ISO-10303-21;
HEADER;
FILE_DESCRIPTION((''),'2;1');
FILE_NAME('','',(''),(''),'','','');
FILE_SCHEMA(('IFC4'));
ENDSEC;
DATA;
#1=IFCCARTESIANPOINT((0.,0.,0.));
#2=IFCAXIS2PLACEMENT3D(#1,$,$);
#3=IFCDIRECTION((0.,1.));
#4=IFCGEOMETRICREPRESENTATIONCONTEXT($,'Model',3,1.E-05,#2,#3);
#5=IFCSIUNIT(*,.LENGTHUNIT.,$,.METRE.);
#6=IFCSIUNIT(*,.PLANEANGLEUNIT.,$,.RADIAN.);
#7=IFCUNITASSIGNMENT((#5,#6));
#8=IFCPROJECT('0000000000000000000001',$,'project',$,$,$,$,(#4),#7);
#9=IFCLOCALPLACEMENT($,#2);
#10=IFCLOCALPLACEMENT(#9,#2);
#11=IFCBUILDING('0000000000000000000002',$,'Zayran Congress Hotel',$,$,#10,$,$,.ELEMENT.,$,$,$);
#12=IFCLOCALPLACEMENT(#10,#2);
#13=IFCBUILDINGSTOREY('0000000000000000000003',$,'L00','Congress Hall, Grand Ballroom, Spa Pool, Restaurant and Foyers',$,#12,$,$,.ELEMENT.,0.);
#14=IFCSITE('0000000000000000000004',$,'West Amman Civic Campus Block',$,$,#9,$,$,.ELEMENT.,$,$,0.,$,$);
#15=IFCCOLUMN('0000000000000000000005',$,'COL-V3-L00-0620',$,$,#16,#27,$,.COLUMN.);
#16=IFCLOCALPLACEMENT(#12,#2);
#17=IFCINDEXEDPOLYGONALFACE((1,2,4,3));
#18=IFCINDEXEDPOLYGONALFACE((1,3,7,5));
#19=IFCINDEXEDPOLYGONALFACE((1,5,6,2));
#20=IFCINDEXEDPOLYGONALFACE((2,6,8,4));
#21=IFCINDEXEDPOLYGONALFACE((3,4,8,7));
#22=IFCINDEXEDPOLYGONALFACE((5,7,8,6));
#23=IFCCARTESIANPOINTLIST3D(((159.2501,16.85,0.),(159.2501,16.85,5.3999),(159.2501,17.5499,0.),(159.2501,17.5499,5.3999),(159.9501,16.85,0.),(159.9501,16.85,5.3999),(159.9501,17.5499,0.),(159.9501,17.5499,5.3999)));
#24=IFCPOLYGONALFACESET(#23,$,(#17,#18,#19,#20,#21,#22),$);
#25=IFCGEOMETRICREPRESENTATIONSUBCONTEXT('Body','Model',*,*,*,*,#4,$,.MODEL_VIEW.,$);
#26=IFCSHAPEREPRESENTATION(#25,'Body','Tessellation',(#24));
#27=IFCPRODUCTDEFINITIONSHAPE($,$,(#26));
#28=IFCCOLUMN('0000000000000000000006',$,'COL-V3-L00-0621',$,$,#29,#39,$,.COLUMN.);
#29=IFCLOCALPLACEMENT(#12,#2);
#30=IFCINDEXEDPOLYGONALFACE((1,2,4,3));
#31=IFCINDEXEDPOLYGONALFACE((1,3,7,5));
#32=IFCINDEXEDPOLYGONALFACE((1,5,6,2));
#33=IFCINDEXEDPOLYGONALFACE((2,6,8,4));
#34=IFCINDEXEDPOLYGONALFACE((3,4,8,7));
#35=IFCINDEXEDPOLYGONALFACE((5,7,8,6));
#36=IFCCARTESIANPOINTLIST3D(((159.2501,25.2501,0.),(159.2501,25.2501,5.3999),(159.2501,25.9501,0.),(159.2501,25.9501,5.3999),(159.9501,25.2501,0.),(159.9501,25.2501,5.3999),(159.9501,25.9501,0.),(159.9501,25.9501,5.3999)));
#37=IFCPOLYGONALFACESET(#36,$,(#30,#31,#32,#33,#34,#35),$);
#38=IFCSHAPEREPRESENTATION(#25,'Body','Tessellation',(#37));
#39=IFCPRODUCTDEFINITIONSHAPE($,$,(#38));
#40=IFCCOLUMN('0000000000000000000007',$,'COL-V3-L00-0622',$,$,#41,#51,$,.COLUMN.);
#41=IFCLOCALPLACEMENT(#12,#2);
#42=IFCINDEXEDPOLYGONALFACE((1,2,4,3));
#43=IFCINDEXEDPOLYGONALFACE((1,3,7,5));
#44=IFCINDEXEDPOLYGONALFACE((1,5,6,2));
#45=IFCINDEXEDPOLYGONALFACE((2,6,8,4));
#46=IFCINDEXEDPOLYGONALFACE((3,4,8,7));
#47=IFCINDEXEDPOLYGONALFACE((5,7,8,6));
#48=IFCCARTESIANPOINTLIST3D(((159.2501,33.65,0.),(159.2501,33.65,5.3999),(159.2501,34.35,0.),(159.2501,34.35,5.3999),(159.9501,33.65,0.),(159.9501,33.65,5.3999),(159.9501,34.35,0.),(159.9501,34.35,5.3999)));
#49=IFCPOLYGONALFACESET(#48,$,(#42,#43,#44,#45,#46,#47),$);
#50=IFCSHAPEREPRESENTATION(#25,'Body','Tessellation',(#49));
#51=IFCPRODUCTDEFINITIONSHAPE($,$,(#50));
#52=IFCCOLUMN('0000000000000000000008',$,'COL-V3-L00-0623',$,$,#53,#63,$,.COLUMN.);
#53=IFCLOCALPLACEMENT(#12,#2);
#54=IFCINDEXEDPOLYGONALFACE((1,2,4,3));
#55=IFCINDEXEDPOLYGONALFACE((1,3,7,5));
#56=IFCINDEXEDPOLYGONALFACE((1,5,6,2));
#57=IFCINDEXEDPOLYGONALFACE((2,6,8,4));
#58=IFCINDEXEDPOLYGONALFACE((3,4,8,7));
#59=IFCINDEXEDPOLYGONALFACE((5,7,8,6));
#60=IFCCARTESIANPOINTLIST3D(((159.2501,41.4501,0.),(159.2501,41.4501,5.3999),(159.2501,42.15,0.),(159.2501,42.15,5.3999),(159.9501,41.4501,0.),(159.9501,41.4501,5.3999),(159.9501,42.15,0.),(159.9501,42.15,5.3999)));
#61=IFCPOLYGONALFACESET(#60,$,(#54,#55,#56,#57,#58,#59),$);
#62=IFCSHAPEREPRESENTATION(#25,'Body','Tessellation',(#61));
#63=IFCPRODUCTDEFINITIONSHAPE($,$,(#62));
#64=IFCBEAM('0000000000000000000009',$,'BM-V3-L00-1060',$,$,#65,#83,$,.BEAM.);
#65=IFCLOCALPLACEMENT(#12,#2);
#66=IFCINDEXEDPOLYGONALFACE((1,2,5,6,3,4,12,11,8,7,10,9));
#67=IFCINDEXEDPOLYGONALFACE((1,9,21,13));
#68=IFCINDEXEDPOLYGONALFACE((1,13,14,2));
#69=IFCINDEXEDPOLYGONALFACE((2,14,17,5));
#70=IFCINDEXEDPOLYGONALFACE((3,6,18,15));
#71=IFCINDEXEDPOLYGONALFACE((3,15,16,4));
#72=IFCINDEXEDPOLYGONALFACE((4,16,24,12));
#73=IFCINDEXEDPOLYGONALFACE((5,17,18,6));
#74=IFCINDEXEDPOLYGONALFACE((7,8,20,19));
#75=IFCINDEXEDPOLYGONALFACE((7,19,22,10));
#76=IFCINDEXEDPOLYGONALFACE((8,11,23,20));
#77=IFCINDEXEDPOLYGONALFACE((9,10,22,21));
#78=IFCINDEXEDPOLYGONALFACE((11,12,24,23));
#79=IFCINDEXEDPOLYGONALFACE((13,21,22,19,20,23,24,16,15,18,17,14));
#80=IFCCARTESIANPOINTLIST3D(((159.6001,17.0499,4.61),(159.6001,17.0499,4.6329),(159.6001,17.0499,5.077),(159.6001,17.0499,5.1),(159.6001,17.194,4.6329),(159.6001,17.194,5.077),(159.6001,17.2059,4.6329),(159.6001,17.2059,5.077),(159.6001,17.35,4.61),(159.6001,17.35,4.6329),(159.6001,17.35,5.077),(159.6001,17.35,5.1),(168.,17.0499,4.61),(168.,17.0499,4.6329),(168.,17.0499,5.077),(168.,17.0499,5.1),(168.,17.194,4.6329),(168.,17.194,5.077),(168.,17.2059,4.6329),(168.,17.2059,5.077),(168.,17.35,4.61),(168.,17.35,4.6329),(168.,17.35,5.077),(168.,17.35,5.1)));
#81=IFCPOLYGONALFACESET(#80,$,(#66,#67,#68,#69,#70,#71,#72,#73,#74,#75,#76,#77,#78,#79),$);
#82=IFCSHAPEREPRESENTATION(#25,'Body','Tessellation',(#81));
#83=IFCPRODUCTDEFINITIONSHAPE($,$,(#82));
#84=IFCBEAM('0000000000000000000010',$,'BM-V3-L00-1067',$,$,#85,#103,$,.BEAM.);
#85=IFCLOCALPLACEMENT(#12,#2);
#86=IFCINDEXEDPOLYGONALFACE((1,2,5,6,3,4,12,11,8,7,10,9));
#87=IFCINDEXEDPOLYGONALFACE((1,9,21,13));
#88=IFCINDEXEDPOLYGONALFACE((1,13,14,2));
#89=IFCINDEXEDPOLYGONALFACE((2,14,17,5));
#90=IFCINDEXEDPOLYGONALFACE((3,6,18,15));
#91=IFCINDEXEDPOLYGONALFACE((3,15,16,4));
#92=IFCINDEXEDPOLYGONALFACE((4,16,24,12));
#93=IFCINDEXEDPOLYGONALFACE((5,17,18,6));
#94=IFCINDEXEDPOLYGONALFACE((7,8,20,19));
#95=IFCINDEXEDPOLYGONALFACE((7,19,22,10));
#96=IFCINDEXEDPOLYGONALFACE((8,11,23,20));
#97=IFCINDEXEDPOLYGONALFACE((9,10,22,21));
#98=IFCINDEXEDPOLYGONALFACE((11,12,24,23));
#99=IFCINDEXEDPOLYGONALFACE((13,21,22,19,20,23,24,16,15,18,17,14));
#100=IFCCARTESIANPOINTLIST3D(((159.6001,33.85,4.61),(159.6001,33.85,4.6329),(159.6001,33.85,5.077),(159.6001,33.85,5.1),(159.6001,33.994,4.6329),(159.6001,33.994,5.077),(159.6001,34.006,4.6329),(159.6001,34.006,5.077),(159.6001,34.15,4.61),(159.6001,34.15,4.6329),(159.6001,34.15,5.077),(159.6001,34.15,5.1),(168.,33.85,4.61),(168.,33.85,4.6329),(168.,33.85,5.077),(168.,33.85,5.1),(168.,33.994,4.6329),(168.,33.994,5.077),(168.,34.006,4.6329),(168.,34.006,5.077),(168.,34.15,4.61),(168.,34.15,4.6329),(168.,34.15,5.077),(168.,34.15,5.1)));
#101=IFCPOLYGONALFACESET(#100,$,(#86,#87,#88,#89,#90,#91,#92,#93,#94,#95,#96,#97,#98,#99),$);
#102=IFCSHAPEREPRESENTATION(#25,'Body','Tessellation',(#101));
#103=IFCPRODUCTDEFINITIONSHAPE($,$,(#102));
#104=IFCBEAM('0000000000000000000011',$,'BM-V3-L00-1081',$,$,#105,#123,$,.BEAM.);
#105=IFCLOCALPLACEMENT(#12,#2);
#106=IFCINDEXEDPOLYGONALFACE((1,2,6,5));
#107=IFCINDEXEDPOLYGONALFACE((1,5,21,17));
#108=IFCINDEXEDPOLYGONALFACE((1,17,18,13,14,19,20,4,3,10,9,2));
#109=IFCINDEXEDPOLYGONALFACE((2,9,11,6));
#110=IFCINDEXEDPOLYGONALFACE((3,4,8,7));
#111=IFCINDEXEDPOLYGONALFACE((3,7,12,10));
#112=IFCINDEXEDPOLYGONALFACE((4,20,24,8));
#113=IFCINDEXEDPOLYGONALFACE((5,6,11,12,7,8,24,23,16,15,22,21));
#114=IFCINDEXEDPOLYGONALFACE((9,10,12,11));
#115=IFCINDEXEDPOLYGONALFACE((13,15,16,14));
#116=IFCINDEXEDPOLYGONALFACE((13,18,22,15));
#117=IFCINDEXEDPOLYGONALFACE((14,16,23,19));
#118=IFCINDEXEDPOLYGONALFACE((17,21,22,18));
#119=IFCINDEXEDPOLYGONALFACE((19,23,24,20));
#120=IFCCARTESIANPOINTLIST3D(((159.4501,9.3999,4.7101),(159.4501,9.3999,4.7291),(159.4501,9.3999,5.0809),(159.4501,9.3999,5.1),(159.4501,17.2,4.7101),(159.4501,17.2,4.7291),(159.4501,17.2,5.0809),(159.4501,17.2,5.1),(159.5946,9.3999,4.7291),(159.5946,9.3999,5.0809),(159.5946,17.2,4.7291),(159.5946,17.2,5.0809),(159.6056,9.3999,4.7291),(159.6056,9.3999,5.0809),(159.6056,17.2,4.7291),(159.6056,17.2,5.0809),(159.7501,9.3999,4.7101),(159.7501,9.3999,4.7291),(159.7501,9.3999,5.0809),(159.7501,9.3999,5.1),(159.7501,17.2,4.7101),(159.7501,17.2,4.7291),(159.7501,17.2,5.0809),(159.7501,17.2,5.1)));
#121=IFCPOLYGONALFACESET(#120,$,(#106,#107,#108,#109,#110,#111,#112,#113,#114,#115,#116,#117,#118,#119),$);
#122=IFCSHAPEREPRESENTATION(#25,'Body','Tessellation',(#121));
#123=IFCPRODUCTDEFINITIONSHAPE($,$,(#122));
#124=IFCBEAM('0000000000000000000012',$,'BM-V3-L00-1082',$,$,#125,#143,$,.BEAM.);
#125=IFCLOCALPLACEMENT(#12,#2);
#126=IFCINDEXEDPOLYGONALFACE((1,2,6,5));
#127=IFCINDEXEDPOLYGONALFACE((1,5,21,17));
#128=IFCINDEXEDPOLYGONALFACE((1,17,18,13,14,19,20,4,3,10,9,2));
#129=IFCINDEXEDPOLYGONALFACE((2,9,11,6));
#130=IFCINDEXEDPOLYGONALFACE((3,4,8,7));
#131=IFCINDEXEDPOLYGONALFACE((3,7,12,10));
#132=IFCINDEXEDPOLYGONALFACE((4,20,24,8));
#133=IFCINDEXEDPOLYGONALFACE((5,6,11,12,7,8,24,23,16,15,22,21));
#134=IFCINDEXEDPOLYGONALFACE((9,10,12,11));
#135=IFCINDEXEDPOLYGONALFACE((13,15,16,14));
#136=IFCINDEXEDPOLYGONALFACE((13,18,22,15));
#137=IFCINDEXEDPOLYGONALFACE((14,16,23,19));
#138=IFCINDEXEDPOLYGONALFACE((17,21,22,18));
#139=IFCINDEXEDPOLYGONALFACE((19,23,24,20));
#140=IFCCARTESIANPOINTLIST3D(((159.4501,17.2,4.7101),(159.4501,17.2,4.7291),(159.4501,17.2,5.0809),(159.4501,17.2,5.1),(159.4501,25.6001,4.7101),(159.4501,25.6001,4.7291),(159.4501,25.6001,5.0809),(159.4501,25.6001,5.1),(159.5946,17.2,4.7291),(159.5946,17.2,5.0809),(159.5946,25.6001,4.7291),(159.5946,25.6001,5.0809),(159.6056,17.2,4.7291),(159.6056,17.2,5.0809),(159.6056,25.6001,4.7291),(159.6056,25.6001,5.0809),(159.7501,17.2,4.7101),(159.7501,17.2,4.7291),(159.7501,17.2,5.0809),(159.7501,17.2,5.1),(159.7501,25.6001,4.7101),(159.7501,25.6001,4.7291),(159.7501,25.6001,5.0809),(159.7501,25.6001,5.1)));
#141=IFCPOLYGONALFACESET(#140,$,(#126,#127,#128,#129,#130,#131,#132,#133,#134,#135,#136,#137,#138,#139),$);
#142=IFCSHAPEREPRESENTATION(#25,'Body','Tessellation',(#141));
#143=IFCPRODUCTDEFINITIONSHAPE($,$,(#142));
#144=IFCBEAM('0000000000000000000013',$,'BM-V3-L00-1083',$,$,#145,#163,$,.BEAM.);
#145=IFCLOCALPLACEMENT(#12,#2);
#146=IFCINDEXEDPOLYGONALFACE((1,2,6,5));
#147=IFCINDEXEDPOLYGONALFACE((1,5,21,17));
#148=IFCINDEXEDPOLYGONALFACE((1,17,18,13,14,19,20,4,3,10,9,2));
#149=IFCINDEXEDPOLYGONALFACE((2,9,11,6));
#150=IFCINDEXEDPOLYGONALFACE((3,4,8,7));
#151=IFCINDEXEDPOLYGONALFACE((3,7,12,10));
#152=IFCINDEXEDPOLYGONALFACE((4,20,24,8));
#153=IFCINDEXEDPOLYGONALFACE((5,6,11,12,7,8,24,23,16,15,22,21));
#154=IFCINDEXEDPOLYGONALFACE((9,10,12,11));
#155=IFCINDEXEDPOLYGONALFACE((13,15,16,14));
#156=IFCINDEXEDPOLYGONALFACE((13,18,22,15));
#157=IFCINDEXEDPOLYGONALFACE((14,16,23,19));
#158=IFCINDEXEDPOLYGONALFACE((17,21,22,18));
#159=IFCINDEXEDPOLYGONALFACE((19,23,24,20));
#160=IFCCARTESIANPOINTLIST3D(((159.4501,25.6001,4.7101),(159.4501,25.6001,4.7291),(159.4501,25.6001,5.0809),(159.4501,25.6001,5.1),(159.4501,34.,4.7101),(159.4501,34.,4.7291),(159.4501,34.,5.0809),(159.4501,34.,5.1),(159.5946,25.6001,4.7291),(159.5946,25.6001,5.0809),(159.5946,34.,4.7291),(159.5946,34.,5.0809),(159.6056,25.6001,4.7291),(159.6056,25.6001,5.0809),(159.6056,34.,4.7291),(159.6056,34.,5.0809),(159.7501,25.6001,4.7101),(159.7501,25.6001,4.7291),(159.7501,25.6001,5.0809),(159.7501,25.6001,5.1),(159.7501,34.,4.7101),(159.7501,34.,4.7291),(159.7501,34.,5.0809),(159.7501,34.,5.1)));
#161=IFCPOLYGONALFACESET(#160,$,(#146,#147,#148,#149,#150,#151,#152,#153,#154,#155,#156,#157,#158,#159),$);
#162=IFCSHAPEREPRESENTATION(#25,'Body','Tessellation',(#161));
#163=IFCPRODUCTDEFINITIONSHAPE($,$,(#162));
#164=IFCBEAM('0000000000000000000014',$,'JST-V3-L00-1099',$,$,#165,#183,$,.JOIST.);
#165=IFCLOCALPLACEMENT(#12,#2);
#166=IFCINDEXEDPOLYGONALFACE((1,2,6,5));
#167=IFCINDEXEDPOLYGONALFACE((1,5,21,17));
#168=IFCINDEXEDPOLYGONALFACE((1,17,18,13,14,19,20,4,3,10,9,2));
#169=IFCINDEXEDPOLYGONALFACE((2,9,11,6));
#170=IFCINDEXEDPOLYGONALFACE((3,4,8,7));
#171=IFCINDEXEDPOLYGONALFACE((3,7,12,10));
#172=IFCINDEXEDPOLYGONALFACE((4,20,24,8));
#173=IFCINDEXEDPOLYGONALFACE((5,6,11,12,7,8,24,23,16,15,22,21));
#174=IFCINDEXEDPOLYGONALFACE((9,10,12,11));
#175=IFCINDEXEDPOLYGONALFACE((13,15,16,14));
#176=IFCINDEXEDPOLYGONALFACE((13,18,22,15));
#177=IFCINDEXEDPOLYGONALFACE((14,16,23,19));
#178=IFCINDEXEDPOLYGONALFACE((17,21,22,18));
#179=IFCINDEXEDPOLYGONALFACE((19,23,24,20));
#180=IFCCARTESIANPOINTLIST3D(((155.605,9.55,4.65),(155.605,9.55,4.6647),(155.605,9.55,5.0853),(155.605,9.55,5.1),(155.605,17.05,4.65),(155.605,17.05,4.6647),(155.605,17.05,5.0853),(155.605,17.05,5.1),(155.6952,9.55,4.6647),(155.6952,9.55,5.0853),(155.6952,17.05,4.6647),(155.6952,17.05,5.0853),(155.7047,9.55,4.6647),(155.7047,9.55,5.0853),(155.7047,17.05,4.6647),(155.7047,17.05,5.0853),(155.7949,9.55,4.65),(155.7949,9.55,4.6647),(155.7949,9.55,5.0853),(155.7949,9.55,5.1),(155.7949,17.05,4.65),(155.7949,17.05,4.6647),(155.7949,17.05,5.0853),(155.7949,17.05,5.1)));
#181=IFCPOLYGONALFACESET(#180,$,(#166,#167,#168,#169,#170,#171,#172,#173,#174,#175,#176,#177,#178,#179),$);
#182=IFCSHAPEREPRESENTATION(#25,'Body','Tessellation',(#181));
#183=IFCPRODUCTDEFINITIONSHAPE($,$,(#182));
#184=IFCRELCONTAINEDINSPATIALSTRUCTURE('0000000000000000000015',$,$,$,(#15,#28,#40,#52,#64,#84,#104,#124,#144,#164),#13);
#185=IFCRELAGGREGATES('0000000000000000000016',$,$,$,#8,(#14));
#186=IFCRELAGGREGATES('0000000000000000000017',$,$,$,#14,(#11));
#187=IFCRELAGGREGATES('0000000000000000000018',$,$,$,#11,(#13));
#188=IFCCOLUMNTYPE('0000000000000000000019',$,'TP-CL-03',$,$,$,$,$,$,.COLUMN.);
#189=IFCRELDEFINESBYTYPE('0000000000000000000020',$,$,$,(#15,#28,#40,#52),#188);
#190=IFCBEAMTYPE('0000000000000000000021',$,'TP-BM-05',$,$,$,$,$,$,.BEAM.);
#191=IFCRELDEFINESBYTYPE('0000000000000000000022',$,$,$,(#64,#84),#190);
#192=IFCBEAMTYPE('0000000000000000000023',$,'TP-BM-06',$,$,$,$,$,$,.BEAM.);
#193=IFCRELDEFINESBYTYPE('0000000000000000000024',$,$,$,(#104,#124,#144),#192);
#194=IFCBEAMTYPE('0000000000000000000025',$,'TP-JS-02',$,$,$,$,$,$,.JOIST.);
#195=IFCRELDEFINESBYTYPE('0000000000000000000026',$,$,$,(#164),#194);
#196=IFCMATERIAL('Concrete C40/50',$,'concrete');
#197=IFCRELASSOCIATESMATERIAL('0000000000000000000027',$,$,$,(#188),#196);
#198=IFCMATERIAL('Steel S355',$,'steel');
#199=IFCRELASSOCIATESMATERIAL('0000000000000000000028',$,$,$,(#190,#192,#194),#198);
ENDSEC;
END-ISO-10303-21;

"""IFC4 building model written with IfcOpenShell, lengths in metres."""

from ifc_helpers import new_model, si_unit, direction, frame, origin, origin_2d, place, context, subcontext, project, spatial, rectangle, i_section, extrude, material, material_profile, profile_set, type_object, element, save


model = new_model("IFC4")

# Units and contexts
model_context = context("Model", 3, precision=1e-05, world=origin(), true_north=direction((0.0, 1.0)))
body_context = subcontext(model_context, "Body", "Model", "MODEL_VIEW")
ifc_project = project(units=[si_unit("LENGTHUNIT", "METRE"), si_unit("PLANEANGLEUNIT", "RADIAN")], contexts=[model_context])

# Site, building, storey
site_placement = place(None, origin())
site = spatial("IfcSite", under=ifc_project, at=site_placement, Name="West Amman Civic Campus Block", CompositionType="ELEMENT", RefElevation=0.0)
building_placement = place(site_placement, origin())
building = spatial("IfcBuilding", under=site, at=building_placement, Name="Zayran Congress Hotel", CompositionType="ELEMENT")
storey_placement = place(building_placement, origin())
storey = spatial("IfcBuildingStorey", under=building, at=storey_placement, Name="L00", Description="Congress Hall, Grand Ballroom, Spa Pool, Restaurant and Foyers", CompositionType="ELEMENT", Elevation=0.0)

# Columns
ifc_material_1 = material(Name="Concrete C40/50", Category="concrete")
ifc_material_profile_1 = material_profile(ifc_material_1, rectangle(XDim=0.7, YDim=0.7, at=origin_2d()), Name="RC 700x700")
ifc_profile_set_1 = profile_set([ifc_material_profile_1], Name="Concrete C40/50")
column_type = type_object("IfcColumnType", Name="TP-CL-03", PredefinedType="COLUMN", material=ifc_profile_set_1)
for number, where, z_axis, x_axis, name in (
    (1, (159.6001, 17.2, 0.0), (0.0, 0.0, 1.0), (1.0, 0.0, 0.0), "COL-V3-L00-0620"),
    (2, (159.6001, 25.6001, 0.0), (0.0, 0.0, 1.0), (1.0, 0.0, 0.0), "COL-V3-L00-0621"),
    (3, (159.6001, 34.0, 0.0), (0.0, 0.0, 1.0), (1.0, 0.0, 0.0), "COL-V3-L00-0622"),
    (4, (159.6001, 41.8, 0.0), (0.0, 0.0, 1.0), (1.0, 0.0, 0.0), "COL-V3-L00-0623"),
):
    element("IfcColumn", number, at=place(storey_placement, frame(where, z_axis=z_axis, x_axis=x_axis)), inside=storey, type_object=column_type, Name=name, PredefinedType="COLUMN", context=body_context, shape_type="SweptSolid", body=[
        extrude(rectangle(XDim=0.7, YDim=0.7, at=origin_2d()), origin(), (0.0, 0.0, 1.0), 5.3999),
    ])

# Beams
ifc_material_2 = material(Name="Steel S355", Category="steel")
ifc_material_profile_2 = material_profile(ifc_material_2, i_section(OverallWidth=0.3, OverallDepth=0.49, WebThickness=0.012, FlangeThickness=0.0229, at=origin_2d()), Name="HEA 500")
ifc_profile_set_2 = profile_set([ifc_material_profile_2], Name="Steel S355")
beam_type_1 = type_object("IfcBeamType", Name="TP-BM-05", PredefinedType="BEAM", material=ifc_profile_set_2)
for number, where, z_axis, x_axis, name in (
    (5, (159.6001, 17.2, 4.855), (1.0, 0.0, 0.0), (0.0, 1.0, 0.0), "BM-V3-L00-1060"),
    (6, (159.6001, 34.0, 4.855), (1.0, 0.0, 0.0), (0.0, 1.0, 0.0), "BM-V3-L00-1067"),
):
    element("IfcBeam", number, at=place(storey_placement, frame(where, z_axis=z_axis, x_axis=x_axis)), inside=storey, type_object=beam_type_1, Name=name, PredefinedType="BEAM", context=body_context, shape_type="SweptSolid", body=[
        extrude(i_section(OverallWidth=0.3, OverallDepth=0.49, WebThickness=0.012, FlangeThickness=0.0229, at=origin_2d()), origin(), (0.0, 0.0, 1.0), 8.3999),
    ])
ifc_material_profile_3 = material_profile(ifc_material_2, i_section(OverallWidth=0.3, OverallDepth=0.3899, WebThickness=0.011, FlangeThickness=0.019, at=origin_2d()), Name="HEA 400")
ifc_profile_set_3 = profile_set([ifc_material_profile_3], Name="Steel S355")
beam_type_2 = type_object("IfcBeamType", Name="TP-BM-06", PredefinedType="BEAM", material=ifc_profile_set_3)
beam_1_placement = place(storey_placement, frame((159.6001, 9.3999, 4.905), z_axis=(0.0, 1.0, 0.0), x_axis=(-1.0, 0.0, 0.0)))
element("IfcBeam", 7, at=beam_1_placement, inside=storey, type_object=beam_type_2, Name="BM-V3-L00-1081", PredefinedType="BEAM", context=body_context, shape_type="SweptSolid", body=[
    extrude(i_section(OverallWidth=0.3, OverallDepth=0.3899, WebThickness=0.011, FlangeThickness=0.019, at=origin_2d()), origin(), (0.0, 0.0, 1.0), 7.8),
])
beam_2_placement = place(storey_placement, frame((159.6001, 17.2, 4.905), z_axis=(0.0, 1.0, 0.0), x_axis=(-1.0, 0.0, 0.0)))
element("IfcBeam", 8, at=beam_2_placement, inside=storey, type_object=beam_type_2, Name="BM-V3-L00-1082", PredefinedType="BEAM", context=body_context, shape_type="SweptSolid", body=[
    extrude(i_section(OverallWidth=0.3, OverallDepth=0.3899, WebThickness=0.011, FlangeThickness=0.019, at=origin_2d()), origin(), (0.0, 0.0, 1.0), 8.4001),
])
beam_3_placement = place(storey_placement, frame((159.6001, 25.6001, 4.905), z_axis=(0.0, 1.0, 0.0), x_axis=(-1.0, 0.0, 0.0)))
element("IfcBeam", 9, at=beam_3_placement, inside=storey, type_object=beam_type_2, Name="BM-V3-L00-1083", PredefinedType="BEAM", context=body_context, shape_type="SweptSolid", body=[
    extrude(i_section(OverallWidth=0.3, OverallDepth=0.3899, WebThickness=0.011, FlangeThickness=0.019, at=origin_2d()), origin(), (0.0, 0.0, 1.0), 8.3999),
])
ifc_material_profile_4 = material_profile(ifc_material_2, i_section(OverallWidth=0.1899, OverallDepth=0.45, WebThickness=0.0095, FlangeThickness=0.0146, at=origin_2d()), Name="IPE 450")
ifc_profile_set_4 = profile_set([ifc_material_profile_4], Name="Steel S355")
beam_type_3 = type_object("IfcBeamType", Name="TP-JS-02", PredefinedType="JOIST", material=ifc_profile_set_4)
beam_4_placement = place(storey_placement, frame((155.7, 9.55, 4.875), z_axis=(0.0, 1.0, 0.0), x_axis=(-1.0, 0.0, 0.0)))
element("IfcBeam", 10, at=beam_4_placement, inside=storey, type_object=beam_type_3, Name="JST-V3-L00-1099", PredefinedType="JOIST", context=body_context, shape_type="SweptSolid", body=[
    extrude(i_section(OverallWidth=0.1899, OverallDepth=0.45, WebThickness=0.0095, FlangeThickness=0.0146, at=origin_2d()), origin(), (0.0, 0.0, 1.0), 7.5),
])

save(model, "model.ifc")
